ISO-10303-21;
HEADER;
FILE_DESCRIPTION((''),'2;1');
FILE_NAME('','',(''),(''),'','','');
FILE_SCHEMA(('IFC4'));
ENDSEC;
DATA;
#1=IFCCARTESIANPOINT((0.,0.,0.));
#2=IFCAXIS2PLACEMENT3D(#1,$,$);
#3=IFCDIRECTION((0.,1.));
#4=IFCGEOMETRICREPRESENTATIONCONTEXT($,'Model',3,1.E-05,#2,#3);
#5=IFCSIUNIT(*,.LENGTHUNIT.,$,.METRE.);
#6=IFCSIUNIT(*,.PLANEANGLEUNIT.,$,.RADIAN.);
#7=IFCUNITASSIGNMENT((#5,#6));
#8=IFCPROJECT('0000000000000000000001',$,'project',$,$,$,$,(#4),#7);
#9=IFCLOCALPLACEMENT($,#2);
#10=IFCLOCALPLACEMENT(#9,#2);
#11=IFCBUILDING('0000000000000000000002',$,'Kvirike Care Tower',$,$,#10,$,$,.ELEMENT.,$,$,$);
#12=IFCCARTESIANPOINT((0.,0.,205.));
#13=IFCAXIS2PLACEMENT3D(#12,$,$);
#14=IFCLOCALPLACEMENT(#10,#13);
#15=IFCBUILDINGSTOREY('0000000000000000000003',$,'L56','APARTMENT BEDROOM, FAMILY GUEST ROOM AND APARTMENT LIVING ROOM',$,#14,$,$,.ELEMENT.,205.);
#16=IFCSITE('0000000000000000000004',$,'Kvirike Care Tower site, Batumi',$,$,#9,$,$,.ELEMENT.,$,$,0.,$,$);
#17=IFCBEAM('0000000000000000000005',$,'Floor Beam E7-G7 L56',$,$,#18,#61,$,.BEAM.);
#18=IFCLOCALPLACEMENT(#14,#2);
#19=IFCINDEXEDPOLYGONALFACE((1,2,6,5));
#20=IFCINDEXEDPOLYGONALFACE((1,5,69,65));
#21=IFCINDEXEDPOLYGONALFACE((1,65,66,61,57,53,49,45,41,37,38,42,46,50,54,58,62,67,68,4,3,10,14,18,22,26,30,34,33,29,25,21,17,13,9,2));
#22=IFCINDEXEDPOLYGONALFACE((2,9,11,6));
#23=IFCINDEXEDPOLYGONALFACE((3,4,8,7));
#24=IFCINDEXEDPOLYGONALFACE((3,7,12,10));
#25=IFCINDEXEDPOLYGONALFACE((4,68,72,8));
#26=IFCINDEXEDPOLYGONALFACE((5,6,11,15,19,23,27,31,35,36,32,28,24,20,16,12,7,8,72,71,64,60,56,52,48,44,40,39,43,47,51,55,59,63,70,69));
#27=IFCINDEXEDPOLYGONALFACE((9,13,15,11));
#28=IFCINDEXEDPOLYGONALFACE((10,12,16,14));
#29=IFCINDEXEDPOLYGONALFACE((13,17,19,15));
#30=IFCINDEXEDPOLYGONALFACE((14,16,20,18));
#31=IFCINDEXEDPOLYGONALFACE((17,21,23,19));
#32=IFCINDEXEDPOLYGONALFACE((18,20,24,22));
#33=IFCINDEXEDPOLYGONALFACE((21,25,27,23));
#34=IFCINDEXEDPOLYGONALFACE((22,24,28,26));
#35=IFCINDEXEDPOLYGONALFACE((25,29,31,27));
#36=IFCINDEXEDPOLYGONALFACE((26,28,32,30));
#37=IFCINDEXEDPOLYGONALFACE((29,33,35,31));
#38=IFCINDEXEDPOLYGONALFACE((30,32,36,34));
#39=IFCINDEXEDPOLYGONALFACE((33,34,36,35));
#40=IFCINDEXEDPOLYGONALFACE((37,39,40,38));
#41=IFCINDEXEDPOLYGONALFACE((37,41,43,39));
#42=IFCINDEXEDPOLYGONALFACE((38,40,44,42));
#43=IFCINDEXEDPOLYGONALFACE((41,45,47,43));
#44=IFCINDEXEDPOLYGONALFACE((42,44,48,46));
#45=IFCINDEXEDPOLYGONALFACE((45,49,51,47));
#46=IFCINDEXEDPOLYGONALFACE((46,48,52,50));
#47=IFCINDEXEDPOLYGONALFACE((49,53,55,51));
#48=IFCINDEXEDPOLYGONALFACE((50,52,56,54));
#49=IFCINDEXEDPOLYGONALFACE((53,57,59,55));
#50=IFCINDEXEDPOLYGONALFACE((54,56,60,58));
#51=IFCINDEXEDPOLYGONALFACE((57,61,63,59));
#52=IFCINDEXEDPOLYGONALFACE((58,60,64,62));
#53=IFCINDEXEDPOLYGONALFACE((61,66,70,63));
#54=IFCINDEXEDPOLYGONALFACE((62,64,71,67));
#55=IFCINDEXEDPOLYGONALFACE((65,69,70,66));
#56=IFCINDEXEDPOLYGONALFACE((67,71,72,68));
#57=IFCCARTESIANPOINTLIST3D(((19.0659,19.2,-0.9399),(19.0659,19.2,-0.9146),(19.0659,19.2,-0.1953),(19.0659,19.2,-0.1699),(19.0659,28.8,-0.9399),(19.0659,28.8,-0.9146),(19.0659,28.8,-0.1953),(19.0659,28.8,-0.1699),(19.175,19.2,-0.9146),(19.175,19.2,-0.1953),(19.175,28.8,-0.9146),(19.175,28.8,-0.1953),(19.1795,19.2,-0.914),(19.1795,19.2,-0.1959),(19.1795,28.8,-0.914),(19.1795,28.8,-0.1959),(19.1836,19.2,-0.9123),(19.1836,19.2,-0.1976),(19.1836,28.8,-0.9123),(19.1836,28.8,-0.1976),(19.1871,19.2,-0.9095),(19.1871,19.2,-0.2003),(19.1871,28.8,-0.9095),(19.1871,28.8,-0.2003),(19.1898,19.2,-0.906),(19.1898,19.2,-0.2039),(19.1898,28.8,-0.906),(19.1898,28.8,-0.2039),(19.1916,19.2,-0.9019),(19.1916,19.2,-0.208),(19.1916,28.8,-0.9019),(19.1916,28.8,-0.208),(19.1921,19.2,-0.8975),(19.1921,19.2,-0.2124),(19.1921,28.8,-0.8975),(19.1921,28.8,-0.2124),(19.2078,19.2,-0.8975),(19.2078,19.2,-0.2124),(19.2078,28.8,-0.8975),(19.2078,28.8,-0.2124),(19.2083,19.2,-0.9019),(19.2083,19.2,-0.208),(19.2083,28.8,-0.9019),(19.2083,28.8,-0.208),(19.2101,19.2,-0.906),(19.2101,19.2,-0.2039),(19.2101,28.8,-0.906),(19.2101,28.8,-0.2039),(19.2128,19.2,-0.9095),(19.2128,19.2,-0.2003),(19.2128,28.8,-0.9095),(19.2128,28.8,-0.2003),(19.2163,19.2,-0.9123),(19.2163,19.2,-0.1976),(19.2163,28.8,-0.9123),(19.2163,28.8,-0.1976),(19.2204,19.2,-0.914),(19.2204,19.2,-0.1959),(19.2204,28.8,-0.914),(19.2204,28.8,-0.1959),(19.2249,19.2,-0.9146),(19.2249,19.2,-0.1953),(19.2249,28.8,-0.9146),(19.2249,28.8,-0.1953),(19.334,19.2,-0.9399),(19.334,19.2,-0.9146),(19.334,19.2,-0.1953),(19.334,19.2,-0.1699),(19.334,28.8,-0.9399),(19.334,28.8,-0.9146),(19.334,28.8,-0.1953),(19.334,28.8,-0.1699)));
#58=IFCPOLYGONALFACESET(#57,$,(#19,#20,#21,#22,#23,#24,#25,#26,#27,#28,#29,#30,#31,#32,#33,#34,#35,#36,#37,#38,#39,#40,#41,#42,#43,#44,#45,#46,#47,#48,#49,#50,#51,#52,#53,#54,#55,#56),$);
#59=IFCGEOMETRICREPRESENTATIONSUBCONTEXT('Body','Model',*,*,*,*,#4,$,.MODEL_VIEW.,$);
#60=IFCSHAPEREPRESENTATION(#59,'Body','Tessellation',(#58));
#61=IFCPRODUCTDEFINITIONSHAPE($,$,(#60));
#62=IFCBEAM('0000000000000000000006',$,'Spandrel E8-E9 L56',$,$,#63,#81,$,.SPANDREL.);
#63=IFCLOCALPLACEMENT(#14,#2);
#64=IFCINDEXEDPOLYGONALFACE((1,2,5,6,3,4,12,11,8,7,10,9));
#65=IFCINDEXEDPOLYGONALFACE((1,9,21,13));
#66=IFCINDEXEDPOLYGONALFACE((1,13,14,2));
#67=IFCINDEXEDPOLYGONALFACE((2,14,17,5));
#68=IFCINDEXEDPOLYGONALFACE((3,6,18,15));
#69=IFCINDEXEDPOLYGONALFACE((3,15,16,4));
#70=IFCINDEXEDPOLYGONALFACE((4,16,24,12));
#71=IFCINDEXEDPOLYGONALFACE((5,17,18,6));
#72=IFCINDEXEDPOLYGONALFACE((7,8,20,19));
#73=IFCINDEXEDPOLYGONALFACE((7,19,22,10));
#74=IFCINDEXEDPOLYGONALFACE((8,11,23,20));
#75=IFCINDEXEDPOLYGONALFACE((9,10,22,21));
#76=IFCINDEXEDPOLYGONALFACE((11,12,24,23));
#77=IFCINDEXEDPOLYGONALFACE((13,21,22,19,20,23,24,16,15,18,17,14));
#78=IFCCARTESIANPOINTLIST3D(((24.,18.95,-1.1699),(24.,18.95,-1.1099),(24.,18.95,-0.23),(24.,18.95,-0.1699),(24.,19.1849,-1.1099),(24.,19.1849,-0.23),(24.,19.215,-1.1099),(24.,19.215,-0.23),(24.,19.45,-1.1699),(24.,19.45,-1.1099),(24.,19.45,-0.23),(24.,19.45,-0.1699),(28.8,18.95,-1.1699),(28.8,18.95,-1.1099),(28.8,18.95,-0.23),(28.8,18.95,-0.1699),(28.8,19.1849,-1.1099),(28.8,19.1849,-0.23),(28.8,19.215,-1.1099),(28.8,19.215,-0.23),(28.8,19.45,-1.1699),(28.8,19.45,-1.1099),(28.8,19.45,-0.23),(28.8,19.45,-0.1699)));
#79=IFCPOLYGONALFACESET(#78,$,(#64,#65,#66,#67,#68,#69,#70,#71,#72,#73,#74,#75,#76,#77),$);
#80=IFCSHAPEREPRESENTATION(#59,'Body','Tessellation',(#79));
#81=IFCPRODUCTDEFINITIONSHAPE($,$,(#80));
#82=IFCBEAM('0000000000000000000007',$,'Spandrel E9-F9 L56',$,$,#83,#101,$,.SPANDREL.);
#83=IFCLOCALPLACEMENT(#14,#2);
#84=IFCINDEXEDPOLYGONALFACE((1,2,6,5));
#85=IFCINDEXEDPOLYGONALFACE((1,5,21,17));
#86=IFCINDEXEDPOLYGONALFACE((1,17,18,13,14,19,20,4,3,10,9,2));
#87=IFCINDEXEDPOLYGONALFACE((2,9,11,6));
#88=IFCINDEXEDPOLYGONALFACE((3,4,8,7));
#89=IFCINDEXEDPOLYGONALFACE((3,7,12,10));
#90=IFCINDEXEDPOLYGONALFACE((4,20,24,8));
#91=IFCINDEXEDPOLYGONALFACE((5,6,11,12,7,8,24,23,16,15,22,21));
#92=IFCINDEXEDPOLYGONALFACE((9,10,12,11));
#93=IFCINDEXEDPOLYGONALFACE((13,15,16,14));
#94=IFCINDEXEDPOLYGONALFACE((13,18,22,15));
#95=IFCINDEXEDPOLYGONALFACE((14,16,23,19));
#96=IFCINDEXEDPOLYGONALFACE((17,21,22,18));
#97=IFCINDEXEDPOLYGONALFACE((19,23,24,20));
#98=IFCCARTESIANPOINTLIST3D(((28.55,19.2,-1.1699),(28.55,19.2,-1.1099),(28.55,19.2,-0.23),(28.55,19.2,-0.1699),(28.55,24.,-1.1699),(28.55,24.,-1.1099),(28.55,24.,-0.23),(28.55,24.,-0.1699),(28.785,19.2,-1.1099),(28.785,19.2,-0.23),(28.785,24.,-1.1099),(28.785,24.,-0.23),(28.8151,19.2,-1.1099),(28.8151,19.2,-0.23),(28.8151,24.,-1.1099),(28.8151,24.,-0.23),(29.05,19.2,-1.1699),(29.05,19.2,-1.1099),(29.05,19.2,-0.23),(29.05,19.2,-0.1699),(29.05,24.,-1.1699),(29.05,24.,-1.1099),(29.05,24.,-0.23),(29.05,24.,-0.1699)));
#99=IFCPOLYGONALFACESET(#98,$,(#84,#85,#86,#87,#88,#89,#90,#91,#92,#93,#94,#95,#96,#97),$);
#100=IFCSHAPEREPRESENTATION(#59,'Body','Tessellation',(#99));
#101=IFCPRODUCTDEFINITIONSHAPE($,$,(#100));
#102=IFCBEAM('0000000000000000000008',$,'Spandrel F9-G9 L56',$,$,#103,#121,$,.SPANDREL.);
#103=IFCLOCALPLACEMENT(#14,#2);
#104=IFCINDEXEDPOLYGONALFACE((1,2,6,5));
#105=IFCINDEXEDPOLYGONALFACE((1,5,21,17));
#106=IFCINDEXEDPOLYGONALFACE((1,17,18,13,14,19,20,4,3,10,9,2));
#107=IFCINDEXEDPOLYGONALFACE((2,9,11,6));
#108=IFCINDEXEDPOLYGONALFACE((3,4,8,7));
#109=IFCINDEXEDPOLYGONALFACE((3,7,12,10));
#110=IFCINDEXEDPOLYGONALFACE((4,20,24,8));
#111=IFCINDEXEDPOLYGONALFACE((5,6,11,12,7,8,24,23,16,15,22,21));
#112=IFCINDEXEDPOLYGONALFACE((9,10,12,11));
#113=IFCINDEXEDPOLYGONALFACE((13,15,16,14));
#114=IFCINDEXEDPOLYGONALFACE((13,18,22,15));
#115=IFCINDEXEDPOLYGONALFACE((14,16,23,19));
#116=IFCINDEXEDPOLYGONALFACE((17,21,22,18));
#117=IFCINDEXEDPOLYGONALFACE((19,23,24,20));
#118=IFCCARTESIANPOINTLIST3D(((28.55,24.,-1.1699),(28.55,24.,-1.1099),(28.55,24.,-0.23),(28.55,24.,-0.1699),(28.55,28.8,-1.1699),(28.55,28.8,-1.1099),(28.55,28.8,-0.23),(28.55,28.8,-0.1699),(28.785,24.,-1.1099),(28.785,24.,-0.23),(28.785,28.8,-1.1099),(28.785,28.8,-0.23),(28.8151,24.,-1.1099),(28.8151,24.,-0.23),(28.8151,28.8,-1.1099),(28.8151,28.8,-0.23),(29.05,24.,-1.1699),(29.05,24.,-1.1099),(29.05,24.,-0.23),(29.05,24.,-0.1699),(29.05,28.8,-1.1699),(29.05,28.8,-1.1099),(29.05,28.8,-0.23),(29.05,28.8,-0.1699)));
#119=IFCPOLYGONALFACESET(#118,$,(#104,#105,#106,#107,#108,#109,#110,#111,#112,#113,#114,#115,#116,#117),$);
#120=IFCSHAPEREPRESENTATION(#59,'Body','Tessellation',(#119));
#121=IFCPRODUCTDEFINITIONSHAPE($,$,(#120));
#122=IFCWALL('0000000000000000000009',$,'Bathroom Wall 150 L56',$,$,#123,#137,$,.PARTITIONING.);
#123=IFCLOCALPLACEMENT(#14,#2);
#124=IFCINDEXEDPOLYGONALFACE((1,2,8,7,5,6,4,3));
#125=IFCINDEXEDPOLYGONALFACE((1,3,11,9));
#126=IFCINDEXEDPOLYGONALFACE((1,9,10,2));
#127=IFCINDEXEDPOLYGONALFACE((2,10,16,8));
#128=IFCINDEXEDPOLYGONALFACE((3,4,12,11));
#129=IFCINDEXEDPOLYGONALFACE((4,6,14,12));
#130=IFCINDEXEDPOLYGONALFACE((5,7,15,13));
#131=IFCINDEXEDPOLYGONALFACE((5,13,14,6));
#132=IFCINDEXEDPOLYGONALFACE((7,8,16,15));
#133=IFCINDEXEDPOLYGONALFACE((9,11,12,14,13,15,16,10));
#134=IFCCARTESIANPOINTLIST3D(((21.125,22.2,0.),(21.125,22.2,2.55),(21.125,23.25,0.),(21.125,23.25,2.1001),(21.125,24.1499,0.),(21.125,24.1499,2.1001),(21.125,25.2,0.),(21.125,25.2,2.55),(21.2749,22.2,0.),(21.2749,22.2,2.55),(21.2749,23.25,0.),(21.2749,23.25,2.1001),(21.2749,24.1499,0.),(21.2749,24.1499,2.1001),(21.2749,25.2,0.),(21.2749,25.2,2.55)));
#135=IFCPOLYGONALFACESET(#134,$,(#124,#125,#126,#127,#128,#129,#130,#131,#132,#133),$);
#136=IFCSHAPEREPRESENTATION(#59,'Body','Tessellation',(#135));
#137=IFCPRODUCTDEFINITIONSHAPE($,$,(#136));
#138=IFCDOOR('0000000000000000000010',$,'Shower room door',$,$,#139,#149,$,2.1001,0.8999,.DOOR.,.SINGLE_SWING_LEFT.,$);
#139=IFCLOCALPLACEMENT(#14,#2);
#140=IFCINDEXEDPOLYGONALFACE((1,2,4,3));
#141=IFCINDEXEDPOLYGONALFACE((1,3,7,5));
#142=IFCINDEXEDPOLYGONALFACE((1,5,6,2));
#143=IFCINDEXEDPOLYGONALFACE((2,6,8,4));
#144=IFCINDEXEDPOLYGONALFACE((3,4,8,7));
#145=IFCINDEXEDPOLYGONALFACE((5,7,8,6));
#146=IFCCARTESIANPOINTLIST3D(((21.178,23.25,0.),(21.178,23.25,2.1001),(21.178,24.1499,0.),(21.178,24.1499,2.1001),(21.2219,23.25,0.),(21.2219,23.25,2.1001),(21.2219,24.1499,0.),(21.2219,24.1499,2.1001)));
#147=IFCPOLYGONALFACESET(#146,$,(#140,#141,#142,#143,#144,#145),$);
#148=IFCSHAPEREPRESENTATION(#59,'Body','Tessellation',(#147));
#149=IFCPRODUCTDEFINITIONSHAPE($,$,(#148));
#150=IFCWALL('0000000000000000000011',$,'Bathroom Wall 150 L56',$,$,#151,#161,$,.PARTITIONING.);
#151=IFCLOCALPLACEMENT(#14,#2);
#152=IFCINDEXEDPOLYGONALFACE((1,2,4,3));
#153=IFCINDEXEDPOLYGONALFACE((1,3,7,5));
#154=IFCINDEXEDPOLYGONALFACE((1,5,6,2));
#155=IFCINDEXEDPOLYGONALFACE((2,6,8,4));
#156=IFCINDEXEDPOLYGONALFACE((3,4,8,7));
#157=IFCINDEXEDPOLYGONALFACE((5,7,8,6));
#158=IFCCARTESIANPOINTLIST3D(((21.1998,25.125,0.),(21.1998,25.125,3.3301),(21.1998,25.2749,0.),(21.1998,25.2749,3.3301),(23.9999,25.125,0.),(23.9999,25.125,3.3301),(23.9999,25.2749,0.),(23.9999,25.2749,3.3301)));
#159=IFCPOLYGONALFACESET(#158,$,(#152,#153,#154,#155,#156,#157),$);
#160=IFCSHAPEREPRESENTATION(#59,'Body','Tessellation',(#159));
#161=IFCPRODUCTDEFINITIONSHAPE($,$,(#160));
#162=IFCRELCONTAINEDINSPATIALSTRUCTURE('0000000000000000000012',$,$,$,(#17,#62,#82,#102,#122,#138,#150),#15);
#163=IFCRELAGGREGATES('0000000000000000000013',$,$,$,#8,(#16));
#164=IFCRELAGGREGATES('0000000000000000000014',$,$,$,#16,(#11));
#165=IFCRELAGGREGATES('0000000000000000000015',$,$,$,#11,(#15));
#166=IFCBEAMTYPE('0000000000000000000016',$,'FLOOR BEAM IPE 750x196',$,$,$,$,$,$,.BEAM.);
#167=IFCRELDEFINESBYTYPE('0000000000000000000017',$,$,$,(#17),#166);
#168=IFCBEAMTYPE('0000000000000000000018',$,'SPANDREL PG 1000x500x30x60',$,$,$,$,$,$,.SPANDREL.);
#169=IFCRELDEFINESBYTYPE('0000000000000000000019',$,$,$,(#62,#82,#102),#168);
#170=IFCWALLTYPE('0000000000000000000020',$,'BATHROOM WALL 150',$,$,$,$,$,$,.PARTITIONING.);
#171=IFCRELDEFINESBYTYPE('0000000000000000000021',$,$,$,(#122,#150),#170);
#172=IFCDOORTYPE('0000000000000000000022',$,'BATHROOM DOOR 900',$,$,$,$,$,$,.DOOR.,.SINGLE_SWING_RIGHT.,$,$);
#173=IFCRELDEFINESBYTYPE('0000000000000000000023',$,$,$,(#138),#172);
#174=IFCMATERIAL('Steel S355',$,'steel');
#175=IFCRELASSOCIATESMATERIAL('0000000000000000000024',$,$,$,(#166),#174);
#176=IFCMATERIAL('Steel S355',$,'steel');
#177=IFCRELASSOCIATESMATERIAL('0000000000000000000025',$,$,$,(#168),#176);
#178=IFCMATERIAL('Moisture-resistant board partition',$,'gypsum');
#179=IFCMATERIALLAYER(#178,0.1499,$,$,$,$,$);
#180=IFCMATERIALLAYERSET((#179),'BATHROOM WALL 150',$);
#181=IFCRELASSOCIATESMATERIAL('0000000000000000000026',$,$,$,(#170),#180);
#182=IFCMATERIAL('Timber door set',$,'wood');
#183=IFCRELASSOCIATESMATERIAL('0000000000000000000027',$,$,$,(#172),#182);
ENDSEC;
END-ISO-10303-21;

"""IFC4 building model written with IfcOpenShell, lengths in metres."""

from ifc_helpers import new_model, si_unit, direction, frame, frame_2d, origin, origin_2d, place, context, subcontext, project, spatial, rectangle, i_section, extrude, material, layer, layer_set, material_profile, profile_set, type_object, element, fill, save


model = new_model("IFC4")

# Units and contexts
model_context = context("Model", 3, precision=1e-05, world=origin(), true_north=direction((0.0, 1.0)))
body_context = subcontext(model_context, "Body", "Model", "MODEL_VIEW")
ifc_project = project(units=[si_unit("LENGTHUNIT", "METRE"), si_unit("PLANEANGLEUNIT", "RADIAN")], contexts=[model_context])

# Site, building, storey
site_placement = place(None, origin())
site = spatial("IfcSite", under=ifc_project, at=site_placement, Name="Kvirike Care Tower site, Batumi", CompositionType="ELEMENT", RefElevation=0.0)
building_placement = place(site_placement, origin())
building = spatial("IfcBuilding", under=site, at=building_placement, Name="Kvirike Care Tower", CompositionType="ELEMENT")
storey_placement = place(building_placement, frame((0.0, 0.0, 205.0)))
storey = spatial("IfcBuildingStorey", under=building, at=storey_placement, Name="L56", Description="APARTMENT BEDROOM, FAMILY GUEST ROOM AND APARTMENT LIVING ROOM", CompositionType="ELEMENT", Elevation=205.0)

# Beams
ifc_material_1 = material(Name="Steel S355", Category="steel")
ifc_material_profile_1 = material_profile(ifc_material_1, i_section(OverallWidth=0.2681, OverallDepth=0.77, WebThickness=0.0156, FlangeThickness=0.0254, FilletRadius=0.0171, at=origin_2d()), Name="IPE 750x196")
ifc_profile_set_1 = profile_set([ifc_material_profile_1], Name="Steel S355")
beam_type_1 = type_object("IfcBeamType", Name="FLOOR BEAM IPE 750x196", PredefinedType="BEAM", material=ifc_profile_set_1)
for number, where, z_axis, x_axis, name in (
    (1, (19.2, 19.2, -0.5549), (0.0, 1.0, 0.0), (-1.0, 0.0, 0.0), "Floor Beam E7-G7 L56"),
):
    element("IfcBeam", number, at=place(storey_placement, frame(where, z_axis=z_axis, x_axis=x_axis)), inside=storey, type_object=beam_type_1, Name=name, PredefinedType="BEAM", context=body_context, shape_type="SweptSolid", body=[
        extrude(i_section(OverallWidth=0.2681, OverallDepth=0.77, WebThickness=0.0156, FlangeThickness=0.0254, FilletRadius=0.0171, at=origin_2d()), origin(), (0.0, 0.0, 1.0), 9.6001),
    ])
ifc_material_2 = material(Name="Steel S355", Category="steel")
ifc_material_profile_2 = material_profile(ifc_material_2, i_section(OverallWidth=0.5, OverallDepth=1.0, WebThickness=0.03, FlangeThickness=0.0601, at=origin_2d()), Name="PG 1000x500x30x60")
ifc_profile_set_2 = profile_set([ifc_material_profile_2], Name="Steel S355")
beam_type_2 = type_object("IfcBeamType", Name="SPANDREL PG 1000x500x30x60", PredefinedType="SPANDREL", material=ifc_profile_set_2)
for number, where, z_axis, x_axis, name in (
    (2, (24.0, 19.2, -0.6699), (1.0, 0.0, 0.0), (0.0, 1.0, 0.0), "Spandrel E8-E9 L56"),
    (3, (28.8, 19.2, -0.6699), (0.0, 1.0, 0.0), (-1.0, 0.0, 0.0), "Spandrel E9-F9 L56"),
    (4, (28.8, 24.0, -0.6699), (0.0, 1.0, 0.0), (-1.0, 0.0, 0.0), "Spandrel F9-G9 L56"),
):
    element("IfcBeam", number, at=place(storey_placement, frame(where, z_axis=z_axis, x_axis=x_axis)), inside=storey, type_object=beam_type_2, Name=name, PredefinedType="SPANDREL", context=body_context, shape_type="SweptSolid", body=[
        extrude(i_section(OverallWidth=0.5, OverallDepth=1.0, WebThickness=0.03, FlangeThickness=0.0601, at=origin_2d()), origin(), (0.0, 0.0, 1.0), 4.8),
    ])

# Wall, opening, door
ifc_material_3 = material(Name="Moisture-resistant board partition", Category="gypsum")
ifc_layer_1 = layer(ifc_material_3, 0.1499)
ifc_layer_set_1 = layer_set([ifc_layer_1], Name="BATHROOM WALL 150")
wall_type_1 = type_object("IfcWallType", Name="BATHROOM WALL 150", PredefinedType="PARTITIONING", material=ifc_layer_set_1)
wall_1_placement = place(storey_placement, frame((21.2, 22.2, 0.0), z_axis=(0.0, 0.0, 1.0), x_axis=(0.0, 1.0, 0.0)))
wall_1 = element("IfcWall", 5, at=wall_1_placement, inside=storey, type_object=wall_type_1, Name="Bathroom Wall 150 L56", PredefinedType="PARTITIONING", context=body_context, shape_type="SweptSolid", body=[
    extrude(rectangle(XDim=3.0, YDim=0.1499, at=frame_2d((1.5, 0.0))), origin(), (0.0, 0.0, 1.0), 2.55),
])
opening_1_placement = place(wall_1_placement, frame((1.05, 0.0, 0.0)))
opening_1 = element("IfcOpeningElement", 6, at=opening_1_placement, cuts=wall_1, PredefinedType="OPENING", context=body_context, shape_type="SweptSolid", body=[
    extrude(rectangle(XDim=0.8999, YDim=2.1001, at=frame_2d((0.45, 1.05))), frame((0.0, 0.0854, 0.0), z_axis=(0.0, -1.0, 0.0), x_axis=(1.0, 0.0, 0.0)), (0.0, 0.0, 1.0), 0.1709),
])
ifc_material_4 = material(Name="Timber door set", Category="wood")
door_type_1 = type_object("IfcDoorType", Name="BATHROOM DOOR 900", OperationType="SINGLE_SWING_RIGHT", PredefinedType="DOOR", material=ifc_material_4)
door_1_placement = place(opening_1_placement, frame((0.8999, 0.0, 0.0), z_axis=(0.0, 0.0, 1.0), x_axis=(-1.0, 0.0, 0.0)))
door_1 = element("IfcDoor", 7, at=door_1_placement, inside=storey, type_object=door_type_1, Name="Shower room door", OperationType="SINGLE_SWING_LEFT", OverallHeight=2.1001, OverallWidth=0.8999, PredefinedType="DOOR", context=body_context, shape_type="SweptSolid", body=[
    extrude(rectangle(XDim=0.8999, YDim=2.1001, at=frame_2d((0.45, 1.05))), frame((0.0, 0.022, 0.0), z_axis=(0.0, -1.0, 0.0), x_axis=(1.0, 0.0, 0.0)), (0.0, 0.0, 1.0), 0.0439),
])
fill(opening_1, door_1)

# Wall
wall_2_placement = place(storey_placement, frame((21.2, 25.2, 0.0), z_axis=(0.0, 0.0, 1.0), x_axis=(1.0, 0.0, 0.0)))
element("IfcWall", 8, at=wall_2_placement, inside=storey, type_object=wall_type_1, Name="Bathroom Wall 150 L56", PredefinedType="PARTITIONING", context=body_context, shape_type="SweptSolid", body=[
    extrude(rectangle(XDim=2.8, YDim=0.1499, at=frame_2d((1.3999, 0.0))), origin(), (0.0, 0.0, 1.0), 3.3301),
])

save(model, "model.ifc")
